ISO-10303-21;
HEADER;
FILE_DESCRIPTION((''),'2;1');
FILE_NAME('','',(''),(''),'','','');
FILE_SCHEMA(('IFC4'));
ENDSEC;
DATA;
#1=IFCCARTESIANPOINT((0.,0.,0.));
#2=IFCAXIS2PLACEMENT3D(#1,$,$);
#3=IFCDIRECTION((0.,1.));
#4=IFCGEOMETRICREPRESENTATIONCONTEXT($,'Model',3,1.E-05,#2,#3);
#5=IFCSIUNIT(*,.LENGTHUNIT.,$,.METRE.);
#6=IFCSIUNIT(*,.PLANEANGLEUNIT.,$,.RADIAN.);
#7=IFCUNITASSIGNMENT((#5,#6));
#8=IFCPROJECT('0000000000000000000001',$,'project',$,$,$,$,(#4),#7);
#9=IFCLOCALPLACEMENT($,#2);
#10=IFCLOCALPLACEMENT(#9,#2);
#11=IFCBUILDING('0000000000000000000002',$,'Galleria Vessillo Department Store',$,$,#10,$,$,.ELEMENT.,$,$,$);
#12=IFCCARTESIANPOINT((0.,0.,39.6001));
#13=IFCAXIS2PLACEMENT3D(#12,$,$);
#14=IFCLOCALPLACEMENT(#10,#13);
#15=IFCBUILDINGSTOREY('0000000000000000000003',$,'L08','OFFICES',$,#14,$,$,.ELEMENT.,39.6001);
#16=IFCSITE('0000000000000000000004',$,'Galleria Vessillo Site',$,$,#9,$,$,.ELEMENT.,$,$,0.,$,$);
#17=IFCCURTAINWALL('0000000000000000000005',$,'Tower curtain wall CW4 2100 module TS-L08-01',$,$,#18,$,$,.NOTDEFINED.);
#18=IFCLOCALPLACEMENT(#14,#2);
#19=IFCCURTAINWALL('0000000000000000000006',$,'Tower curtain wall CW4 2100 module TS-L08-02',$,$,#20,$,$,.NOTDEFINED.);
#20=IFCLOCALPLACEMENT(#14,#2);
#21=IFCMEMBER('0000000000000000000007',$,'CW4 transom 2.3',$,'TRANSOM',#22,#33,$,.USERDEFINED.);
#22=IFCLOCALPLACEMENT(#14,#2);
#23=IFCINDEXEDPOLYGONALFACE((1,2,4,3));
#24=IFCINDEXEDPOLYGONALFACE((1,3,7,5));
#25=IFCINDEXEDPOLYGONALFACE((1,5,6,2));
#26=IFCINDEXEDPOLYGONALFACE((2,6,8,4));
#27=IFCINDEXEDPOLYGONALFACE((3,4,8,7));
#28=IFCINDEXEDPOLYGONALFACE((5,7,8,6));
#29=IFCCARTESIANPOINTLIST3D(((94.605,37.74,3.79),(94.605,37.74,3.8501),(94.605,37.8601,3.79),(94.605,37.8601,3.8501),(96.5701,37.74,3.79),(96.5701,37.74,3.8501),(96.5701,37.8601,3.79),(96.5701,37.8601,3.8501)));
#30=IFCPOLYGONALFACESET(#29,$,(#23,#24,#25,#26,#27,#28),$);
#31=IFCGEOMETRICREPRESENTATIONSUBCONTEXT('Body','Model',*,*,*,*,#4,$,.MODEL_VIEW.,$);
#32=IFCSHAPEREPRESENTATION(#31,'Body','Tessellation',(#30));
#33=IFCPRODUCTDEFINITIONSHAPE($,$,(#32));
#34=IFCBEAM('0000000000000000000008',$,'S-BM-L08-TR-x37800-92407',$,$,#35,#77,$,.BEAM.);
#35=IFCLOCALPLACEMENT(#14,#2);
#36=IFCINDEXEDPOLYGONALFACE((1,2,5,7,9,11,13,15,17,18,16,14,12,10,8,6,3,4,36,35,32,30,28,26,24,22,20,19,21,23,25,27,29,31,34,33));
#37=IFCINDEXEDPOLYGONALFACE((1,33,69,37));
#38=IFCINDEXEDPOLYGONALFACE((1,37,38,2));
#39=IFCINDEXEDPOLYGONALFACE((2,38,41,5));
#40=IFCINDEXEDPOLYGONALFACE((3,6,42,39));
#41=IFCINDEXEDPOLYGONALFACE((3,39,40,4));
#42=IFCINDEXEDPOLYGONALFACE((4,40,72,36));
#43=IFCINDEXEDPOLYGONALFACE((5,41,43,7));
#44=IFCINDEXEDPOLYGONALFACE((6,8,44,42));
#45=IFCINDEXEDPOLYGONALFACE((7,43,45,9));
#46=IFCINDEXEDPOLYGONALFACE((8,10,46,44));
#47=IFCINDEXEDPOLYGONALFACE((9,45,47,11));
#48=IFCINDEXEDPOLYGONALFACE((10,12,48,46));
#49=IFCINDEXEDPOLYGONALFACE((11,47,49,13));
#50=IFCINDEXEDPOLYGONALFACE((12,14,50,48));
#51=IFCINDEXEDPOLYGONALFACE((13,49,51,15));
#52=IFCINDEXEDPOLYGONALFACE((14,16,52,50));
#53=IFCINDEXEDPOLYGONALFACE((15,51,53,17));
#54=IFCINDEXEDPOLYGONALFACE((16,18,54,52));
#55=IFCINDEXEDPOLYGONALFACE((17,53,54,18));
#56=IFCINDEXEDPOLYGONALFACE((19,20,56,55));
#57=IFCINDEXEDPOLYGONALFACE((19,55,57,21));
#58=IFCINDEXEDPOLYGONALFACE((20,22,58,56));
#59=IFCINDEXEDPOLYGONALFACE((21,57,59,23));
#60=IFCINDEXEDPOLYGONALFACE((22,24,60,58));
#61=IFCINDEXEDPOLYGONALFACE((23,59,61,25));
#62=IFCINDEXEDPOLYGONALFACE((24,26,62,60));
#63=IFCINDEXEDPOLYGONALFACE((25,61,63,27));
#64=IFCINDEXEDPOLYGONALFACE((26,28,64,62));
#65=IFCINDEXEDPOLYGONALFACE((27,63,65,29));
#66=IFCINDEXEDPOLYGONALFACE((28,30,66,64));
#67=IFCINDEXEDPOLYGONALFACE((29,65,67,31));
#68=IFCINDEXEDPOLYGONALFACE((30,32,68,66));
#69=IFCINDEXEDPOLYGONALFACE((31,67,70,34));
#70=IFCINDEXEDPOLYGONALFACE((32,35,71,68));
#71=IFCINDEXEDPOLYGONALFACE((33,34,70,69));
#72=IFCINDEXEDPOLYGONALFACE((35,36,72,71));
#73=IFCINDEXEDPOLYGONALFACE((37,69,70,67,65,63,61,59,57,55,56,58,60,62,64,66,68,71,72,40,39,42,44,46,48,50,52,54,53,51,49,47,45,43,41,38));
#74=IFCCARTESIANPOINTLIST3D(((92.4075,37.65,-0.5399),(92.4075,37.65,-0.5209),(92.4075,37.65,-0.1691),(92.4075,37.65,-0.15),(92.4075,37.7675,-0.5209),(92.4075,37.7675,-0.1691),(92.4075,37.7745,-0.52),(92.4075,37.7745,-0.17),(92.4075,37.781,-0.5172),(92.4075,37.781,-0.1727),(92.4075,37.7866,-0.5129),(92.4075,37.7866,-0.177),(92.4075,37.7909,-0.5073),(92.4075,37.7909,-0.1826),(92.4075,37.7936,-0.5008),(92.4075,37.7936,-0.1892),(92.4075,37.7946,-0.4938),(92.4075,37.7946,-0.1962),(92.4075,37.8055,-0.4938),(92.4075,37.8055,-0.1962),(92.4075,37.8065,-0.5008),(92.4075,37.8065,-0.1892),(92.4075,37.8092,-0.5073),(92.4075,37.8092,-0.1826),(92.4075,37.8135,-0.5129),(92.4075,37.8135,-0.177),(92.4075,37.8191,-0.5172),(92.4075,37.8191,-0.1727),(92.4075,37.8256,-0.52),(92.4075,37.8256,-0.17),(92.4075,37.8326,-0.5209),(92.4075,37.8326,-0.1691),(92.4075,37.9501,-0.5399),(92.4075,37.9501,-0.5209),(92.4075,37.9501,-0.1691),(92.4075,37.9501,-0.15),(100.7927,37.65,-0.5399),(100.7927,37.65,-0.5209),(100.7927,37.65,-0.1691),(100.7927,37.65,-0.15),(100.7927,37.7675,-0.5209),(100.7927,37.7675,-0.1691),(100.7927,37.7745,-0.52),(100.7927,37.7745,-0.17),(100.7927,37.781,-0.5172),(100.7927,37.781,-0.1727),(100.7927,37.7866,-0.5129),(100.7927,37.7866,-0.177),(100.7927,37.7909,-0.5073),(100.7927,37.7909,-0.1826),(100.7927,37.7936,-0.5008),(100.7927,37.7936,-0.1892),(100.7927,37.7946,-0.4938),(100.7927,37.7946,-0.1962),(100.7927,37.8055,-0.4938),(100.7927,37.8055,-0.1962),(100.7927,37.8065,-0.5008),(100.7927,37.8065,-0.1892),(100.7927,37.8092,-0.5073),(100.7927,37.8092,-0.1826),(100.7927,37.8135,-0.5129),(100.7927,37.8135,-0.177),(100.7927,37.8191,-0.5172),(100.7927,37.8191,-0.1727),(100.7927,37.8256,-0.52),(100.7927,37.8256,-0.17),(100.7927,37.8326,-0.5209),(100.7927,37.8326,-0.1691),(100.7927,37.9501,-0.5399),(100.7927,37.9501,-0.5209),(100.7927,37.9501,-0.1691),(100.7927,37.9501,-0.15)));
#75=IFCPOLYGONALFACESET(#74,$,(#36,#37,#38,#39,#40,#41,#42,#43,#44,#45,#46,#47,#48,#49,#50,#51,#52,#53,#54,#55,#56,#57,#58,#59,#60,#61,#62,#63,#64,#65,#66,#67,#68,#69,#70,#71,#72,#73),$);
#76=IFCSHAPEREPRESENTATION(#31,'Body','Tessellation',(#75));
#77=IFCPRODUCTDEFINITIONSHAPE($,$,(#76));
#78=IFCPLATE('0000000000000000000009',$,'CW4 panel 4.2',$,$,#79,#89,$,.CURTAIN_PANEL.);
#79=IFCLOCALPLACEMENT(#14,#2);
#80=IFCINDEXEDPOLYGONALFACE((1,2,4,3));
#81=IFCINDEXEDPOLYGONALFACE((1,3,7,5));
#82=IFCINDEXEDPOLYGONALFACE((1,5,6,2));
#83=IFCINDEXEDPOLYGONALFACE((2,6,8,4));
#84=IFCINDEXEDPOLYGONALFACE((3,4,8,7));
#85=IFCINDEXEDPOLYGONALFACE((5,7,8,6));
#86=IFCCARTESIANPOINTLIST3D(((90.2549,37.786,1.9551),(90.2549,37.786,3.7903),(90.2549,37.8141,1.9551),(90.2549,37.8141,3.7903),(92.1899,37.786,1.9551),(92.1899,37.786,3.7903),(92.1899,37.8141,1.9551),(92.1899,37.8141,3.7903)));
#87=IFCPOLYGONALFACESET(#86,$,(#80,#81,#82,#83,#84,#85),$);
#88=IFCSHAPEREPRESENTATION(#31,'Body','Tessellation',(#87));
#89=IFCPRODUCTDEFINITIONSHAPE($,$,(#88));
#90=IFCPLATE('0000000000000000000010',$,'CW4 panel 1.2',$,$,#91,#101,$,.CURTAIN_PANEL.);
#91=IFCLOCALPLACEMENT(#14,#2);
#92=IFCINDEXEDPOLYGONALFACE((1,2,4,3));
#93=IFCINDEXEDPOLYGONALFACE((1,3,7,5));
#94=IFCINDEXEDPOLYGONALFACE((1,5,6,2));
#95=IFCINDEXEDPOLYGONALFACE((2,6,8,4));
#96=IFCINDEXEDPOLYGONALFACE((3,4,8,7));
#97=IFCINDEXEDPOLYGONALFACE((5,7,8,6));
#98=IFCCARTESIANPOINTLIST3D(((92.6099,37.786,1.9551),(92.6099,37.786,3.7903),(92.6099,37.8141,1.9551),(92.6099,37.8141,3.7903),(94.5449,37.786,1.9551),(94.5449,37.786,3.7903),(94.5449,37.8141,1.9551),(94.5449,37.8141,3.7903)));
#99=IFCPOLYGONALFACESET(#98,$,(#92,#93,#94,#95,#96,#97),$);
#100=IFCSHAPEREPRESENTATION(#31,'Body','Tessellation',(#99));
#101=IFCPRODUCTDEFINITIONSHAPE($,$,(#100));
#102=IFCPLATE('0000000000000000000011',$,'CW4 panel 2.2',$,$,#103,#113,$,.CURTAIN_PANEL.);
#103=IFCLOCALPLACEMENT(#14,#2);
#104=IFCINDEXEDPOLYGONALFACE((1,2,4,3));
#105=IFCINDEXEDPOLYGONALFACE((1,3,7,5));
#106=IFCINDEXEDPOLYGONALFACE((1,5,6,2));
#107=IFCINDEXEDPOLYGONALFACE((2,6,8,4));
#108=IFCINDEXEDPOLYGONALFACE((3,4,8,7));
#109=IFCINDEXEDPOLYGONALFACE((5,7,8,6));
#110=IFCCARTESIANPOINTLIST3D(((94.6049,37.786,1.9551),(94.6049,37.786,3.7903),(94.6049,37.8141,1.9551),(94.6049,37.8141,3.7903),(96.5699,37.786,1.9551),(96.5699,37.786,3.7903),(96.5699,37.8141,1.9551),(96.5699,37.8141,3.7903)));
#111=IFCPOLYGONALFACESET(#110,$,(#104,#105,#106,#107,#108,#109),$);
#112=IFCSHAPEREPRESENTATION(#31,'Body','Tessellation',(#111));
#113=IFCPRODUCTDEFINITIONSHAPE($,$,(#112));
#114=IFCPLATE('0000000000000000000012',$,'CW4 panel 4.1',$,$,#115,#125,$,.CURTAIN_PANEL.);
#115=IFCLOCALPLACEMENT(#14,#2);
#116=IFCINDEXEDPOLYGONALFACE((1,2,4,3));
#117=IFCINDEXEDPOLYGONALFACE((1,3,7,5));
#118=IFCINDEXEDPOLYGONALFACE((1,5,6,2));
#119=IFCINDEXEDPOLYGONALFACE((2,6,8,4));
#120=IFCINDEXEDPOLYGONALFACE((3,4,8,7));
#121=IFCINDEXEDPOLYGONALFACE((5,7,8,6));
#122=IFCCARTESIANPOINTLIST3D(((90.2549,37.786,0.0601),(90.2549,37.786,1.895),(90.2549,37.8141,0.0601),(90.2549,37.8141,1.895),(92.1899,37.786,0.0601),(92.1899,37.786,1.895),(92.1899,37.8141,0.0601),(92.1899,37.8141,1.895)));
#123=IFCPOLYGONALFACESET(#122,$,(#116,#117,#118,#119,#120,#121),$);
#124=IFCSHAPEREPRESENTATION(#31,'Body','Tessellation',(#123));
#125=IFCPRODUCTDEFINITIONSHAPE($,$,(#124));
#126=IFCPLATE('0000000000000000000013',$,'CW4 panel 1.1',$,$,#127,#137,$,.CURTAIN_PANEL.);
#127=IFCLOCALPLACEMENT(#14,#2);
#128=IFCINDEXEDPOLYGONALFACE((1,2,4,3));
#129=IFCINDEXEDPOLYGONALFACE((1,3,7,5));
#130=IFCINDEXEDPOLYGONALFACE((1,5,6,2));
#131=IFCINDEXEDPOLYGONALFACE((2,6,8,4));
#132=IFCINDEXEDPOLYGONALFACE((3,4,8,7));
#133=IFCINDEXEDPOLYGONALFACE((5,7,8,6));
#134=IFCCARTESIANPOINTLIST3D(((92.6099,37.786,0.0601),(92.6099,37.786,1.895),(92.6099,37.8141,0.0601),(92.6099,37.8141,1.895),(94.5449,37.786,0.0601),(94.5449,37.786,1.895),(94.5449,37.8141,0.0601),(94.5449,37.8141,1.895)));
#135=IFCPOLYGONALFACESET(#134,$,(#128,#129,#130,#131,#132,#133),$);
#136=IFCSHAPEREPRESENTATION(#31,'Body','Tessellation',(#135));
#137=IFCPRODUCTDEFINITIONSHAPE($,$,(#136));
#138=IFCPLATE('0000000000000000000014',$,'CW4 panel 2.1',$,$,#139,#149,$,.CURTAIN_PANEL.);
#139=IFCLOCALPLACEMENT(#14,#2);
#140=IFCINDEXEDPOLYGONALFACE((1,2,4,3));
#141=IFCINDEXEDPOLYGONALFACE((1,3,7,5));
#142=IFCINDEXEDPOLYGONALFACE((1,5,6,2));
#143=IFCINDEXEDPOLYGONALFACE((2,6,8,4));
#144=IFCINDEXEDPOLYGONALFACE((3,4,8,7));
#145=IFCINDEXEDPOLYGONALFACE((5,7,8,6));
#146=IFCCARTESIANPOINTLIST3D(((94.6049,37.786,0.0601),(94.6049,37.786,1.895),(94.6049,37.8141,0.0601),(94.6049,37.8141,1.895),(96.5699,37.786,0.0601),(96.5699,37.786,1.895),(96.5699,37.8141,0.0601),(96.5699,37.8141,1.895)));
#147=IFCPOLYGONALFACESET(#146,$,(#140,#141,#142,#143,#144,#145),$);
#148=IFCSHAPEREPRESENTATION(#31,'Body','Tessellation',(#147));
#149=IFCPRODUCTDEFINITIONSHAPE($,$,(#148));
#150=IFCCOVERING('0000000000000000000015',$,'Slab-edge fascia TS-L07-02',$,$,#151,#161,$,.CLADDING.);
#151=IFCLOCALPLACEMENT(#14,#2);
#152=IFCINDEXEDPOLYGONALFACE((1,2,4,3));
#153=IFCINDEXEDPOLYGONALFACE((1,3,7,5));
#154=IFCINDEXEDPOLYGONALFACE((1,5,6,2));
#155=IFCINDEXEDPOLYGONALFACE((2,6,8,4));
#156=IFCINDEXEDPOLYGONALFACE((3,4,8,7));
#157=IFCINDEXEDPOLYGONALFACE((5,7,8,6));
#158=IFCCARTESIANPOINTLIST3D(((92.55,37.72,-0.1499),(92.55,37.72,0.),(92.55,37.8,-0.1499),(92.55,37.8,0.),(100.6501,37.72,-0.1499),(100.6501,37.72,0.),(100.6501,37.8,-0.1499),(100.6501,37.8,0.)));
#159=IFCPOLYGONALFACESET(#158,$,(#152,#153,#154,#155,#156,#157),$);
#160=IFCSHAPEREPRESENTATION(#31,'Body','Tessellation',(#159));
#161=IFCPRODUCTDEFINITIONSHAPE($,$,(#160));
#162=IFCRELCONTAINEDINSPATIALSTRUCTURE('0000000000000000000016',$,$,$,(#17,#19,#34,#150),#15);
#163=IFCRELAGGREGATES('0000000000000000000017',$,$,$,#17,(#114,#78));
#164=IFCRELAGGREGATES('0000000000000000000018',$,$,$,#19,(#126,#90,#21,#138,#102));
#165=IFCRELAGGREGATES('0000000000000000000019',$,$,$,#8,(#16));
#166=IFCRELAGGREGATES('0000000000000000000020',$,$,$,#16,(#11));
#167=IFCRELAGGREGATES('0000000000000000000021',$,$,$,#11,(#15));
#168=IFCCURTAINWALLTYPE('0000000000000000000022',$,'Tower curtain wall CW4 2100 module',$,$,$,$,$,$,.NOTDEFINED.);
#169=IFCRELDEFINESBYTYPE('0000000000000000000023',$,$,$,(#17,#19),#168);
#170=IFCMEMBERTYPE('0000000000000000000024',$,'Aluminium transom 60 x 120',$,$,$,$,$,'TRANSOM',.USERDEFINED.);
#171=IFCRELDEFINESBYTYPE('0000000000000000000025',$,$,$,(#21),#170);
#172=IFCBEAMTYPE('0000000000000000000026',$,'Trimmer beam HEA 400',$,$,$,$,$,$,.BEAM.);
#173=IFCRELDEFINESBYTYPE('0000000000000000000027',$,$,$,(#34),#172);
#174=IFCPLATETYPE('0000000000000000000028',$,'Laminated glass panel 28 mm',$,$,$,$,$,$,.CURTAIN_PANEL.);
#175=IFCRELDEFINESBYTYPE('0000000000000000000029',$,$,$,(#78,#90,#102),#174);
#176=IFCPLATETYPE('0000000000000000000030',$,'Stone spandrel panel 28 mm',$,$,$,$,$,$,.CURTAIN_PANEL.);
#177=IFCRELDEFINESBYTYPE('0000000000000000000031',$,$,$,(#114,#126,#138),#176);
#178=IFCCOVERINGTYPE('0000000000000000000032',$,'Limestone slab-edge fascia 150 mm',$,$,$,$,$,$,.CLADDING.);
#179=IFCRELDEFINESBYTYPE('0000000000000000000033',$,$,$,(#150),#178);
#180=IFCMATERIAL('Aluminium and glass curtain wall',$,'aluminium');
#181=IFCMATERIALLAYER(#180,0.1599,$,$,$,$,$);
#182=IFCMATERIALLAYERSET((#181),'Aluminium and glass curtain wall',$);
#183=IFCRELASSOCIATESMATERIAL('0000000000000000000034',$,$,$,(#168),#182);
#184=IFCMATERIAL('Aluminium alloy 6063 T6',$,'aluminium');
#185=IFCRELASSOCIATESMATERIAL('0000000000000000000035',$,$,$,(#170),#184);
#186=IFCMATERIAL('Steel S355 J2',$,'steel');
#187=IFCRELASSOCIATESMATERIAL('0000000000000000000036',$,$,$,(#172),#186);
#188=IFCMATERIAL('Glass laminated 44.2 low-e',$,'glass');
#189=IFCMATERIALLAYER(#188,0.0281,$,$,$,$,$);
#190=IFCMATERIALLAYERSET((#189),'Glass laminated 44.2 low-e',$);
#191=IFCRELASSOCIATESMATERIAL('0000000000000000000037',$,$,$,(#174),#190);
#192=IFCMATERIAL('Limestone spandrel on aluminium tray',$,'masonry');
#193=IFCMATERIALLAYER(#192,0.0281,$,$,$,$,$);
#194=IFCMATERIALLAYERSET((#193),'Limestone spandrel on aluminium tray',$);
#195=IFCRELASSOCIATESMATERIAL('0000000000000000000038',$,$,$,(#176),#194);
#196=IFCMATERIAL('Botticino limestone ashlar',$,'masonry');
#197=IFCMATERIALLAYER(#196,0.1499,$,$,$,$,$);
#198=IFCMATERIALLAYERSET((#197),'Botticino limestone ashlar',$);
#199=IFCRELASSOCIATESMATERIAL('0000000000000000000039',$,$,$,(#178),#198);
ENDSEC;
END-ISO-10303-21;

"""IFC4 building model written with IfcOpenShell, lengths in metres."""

from ifc_helpers import new_model, si_unit, direction, frame, origin, origin_2d, place, context, subcontext, project, spatial, rectangle, i_section, extrude, material, layer, layer_set, material_profile, profile_set, type_object, element, aggregate, save


model = new_model("IFC4")

# Units and contexts
model_context = context("Model", 3, precision=1e-05, world=origin(), true_north=direction((0.0, 1.0)))
body_context = subcontext(model_context, "Body", "Model", "MODEL_VIEW")
ifc_project = project(units=[si_unit("LENGTHUNIT", "METRE"), si_unit("PLANEANGLEUNIT", "RADIAN")], contexts=[model_context])

# Site, building, storey
site_placement = place(None, origin())
site = spatial("IfcSite", under=ifc_project, at=site_placement, Name="Galleria Vessillo Site", CompositionType="ELEMENT", RefElevation=0.0)
building_placement = place(site_placement, origin())
building = spatial("IfcBuilding", under=site, at=building_placement, Name="Galleria Vessillo Department Store", CompositionType="ELEMENT")
storey_placement = place(building_placement, frame((0.0, 0.0, 39.6001)))
storey = spatial("IfcBuildingStorey", under=building, at=storey_placement, Name="L08", Description="OFFICES", CompositionType="ELEMENT", Elevation=39.6001)

# Curtain wall
ifc_material_1 = material(Name="Aluminium and glass curtain wall", Category="aluminium")
ifc_layer_1 = layer(ifc_material_1, 0.1599)
ifc_layer_set_1 = layer_set([ifc_layer_1], Name="Aluminium and glass curtain wall")
curtain_wall_type = type_object("IfcCurtainWallType", Name="Tower curtain wall CW4 2100 module", PredefinedType="NOTDEFINED", material=ifc_layer_set_1)
curtain_wall_1_placement = place(storey_placement, origin())
curtain_wall_1 = element("IfcCurtainWall", 1, at=curtain_wall_1_placement, inside=storey, type_object=curtain_wall_type, Name="Tower curtain wall CW4 2100 module TS-L08-01", PredefinedType="NOTDEFINED")

# Curtain wall
curtain_wall_2_placement = place(storey_placement, origin())
curtain_wall_2 = element("IfcCurtainWall", 2, at=curtain_wall_2_placement, inside=storey, type_object=curtain_wall_type, Name="Tower curtain wall CW4 2100 module TS-L08-02", PredefinedType="NOTDEFINED")

# Member
ifc_material_2 = material(Name="Aluminium alloy 6063 T6", Category="aluminium")
ifc_material_profile_1 = material_profile(ifc_material_2, rectangle(XDim=0.1201, YDim=0.0601, at=origin_2d()), Name="AL 60x120")
ifc_profile_set_1 = profile_set([ifc_material_profile_1], Name="Aluminium alloy 6063 T6")
member_type_1 = type_object("IfcMemberType", Name="Aluminium transom 60 x 120", ElementType="TRANSOM", PredefinedType="USERDEFINED", material=ifc_profile_set_1)
member_1_placement = place(storey_placement, frame((94.605, 37.8, 3.8201), z_axis=(1.0, 0.0, 0.0), x_axis=(0.0, 1.0, 0.0)))
member_1 = element("IfcMember", 3, at=member_1_placement, type_object=member_type_1, Name="CW4 transom 2.3", ObjectType="TRANSOM", PredefinedType="USERDEFINED", context=body_context, shape_type="SweptSolid", body=[
    extrude(rectangle(XDim=0.1201, YDim=0.0601, at=origin_2d()), origin(), (0.0, 0.0, 1.0), 1.9651),
])

# Beam
ifc_material_3 = material(Name="Steel S355 J2", Category="steel")
ifc_material_profile_2 = material_profile(ifc_material_3, i_section(OverallWidth=0.3, OverallDepth=0.3899, WebThickness=0.011, FlangeThickness=0.019, FilletRadius=0.0271, at=origin_2d()), Name="HEA 400")
ifc_profile_set_2 = profile_set([ifc_material_profile_2], Name="Steel S355 J2")
beam_type = type_object("IfcBeamType", Name="Trimmer beam HEA 400", PredefinedType="BEAM", material=ifc_profile_set_2)
beam_placement = place(storey_placement, frame((92.4075, 37.8, -0.345), z_axis=(1.0, 0.0, 0.0), x_axis=(0.0, 1.0, 0.0)))
element("IfcBeam", 4, at=beam_placement, inside=storey, type_object=beam_type, Name="S-BM-L08-TR-x37800-92407", PredefinedType="BEAM", context=body_context, shape_type="SweptSolid", body=[
    extrude(i_section(OverallWidth=0.3, OverallDepth=0.3899, WebThickness=0.011, FlangeThickness=0.019, FilletRadius=0.0271, at=origin_2d()), origin(), (0.0, 0.0, 1.0), 8.3853),
])

# Plates
ifc_material_4 = material(Name="Glass laminated 44.2 low-e", Category="glass")
ifc_layer_2 = layer(ifc_material_4, 0.0281)
ifc_layer_set_2 = layer_set([ifc_layer_2], Name="Glass laminated 44.2 low-e")
plate_type_1 = type_object("IfcPlateType", Name="Laminated glass panel 28 mm", PredefinedType="CURTAIN_PANEL", material=ifc_layer_set_2)
plate_1_placement = place(storey_placement, frame((91.2224, 37.8, 1.9551), z_axis=(0.0, 0.0, 1.0), x_axis=(1.0, 0.0, 0.0)))
plate_1 = element("IfcPlate", 5, at=plate_1_placement, type_object=plate_type_1, Name="CW4 panel 4.2", PredefinedType="CURTAIN_PANEL", context=body_context, shape_type="SweptSolid", body=[
    extrude(rectangle(XDim=1.9351, YDim=0.0281, at=origin_2d()), origin(), (0.0, 0.0, 1.0), 1.8352),
])
plate_2_placement = place(storey_placement, frame((93.5774, 37.8, 1.9551), z_axis=(0.0, 0.0, 1.0), x_axis=(1.0, 0.0, 0.0)))
plate_2 = element("IfcPlate", 6, at=plate_2_placement, type_object=plate_type_1, Name="CW4 panel 1.2", PredefinedType="CURTAIN_PANEL", context=body_context, shape_type="SweptSolid", body=[
    extrude(rectangle(XDim=1.9351, YDim=0.0281, at=origin_2d()), origin(), (0.0, 0.0, 1.0), 1.8352),
])
plate_3_placement = place(storey_placement, frame((95.5874, 37.8, 1.9551), z_axis=(0.0, 0.0, 1.0), x_axis=(1.0, 0.0, 0.0)))
plate_3 = element("IfcPlate", 7, at=plate_3_placement, type_object=plate_type_1, Name="CW4 panel 2.2", PredefinedType="CURTAIN_PANEL", context=body_context, shape_type="SweptSolid", body=[
    extrude(rectangle(XDim=1.9651, YDim=0.0281, at=origin_2d()), origin(), (0.0, 0.0, 1.0), 1.8352),
])
ifc_material_5 = material(Name="Limestone spandrel on aluminium tray", Category="masonry")
ifc_layer_3 = layer(ifc_material_5, 0.0281)
ifc_layer_set_3 = layer_set([ifc_layer_3], Name="Limestone spandrel on aluminium tray")
plate_type_2 = type_object("IfcPlateType", Name="Stone spandrel panel 28 mm", PredefinedType="CURTAIN_PANEL", material=ifc_layer_set_3)
plate_4_placement = place(storey_placement, frame((91.2224, 37.8, 0.0601), z_axis=(0.0, 0.0, 1.0), x_axis=(1.0, 0.0, 0.0)))
plate_4 = element("IfcPlate", 8, at=plate_4_placement, type_object=plate_type_2, Name="CW4 panel 4.1", PredefinedType="CURTAIN_PANEL", context=body_context, shape_type="SweptSolid", body=[
    extrude(rectangle(XDim=1.9351, YDim=0.0281, at=origin_2d()), origin(), (0.0, 0.0, 1.0), 1.835),
])
aggregate(curtain_wall_1, [plate_4, plate_1])
plate_5_placement = place(storey_placement, frame((93.5774, 37.8, 0.0601), z_axis=(0.0, 0.0, 1.0), x_axis=(1.0, 0.0, 0.0)))
plate_5 = element("IfcPlate", 9, at=plate_5_placement, type_object=plate_type_2, Name="CW4 panel 1.1", PredefinedType="CURTAIN_PANEL", context=body_context, shape_type="SweptSolid", body=[
    extrude(rectangle(XDim=1.9351, YDim=0.0281, at=origin_2d()), origin(), (0.0, 0.0, 1.0), 1.835),
])
plate_6_placement = place(storey_placement, frame((95.5874, 37.8, 0.0601), z_axis=(0.0, 0.0, 1.0), x_axis=(1.0, 0.0, 0.0)))
plate_6 = element("IfcPlate", 10, at=plate_6_placement, type_object=plate_type_2, Name="CW4 panel 2.1", PredefinedType="CURTAIN_PANEL", context=body_context, shape_type="SweptSolid", body=[
    extrude(rectangle(XDim=1.9651, YDim=0.0281, at=origin_2d()), origin(), (0.0, 0.0, 1.0), 1.835),
])
aggregate(curtain_wall_2, [plate_5, plate_2, member_1, plate_6, plate_3])

# Covering
ifc_material_6 = material(Name="Botticino limestone ashlar", Category="masonry")
ifc_layer_4 = layer(ifc_material_6, 0.1499)
ifc_layer_set_4 = layer_set([ifc_layer_4], Name="Botticino limestone ashlar")
covering_type = type_object("IfcCoveringType", Name="Limestone slab-edge fascia 150 mm", PredefinedType="CLADDING", material=ifc_layer_set_4)
covering_placement = place(storey_placement, frame((96.6001, 37.76, -0.1499), z_axis=(0.0, 0.0, 1.0), x_axis=(1.0, 0.0, 0.0)))
element("IfcCovering", 11, at=covering_placement, inside=storey, type_object=covering_type, Name="Slab-edge fascia TS-L07-02", PredefinedType="CLADDING", context=body_context, shape_type="SweptSolid", body=[
    extrude(rectangle(XDim=8.1001, YDim=0.0801, at=origin_2d()), origin(), (0.0, 0.0, 1.0), 0.1499),
])

save(model, "model.ifc")
